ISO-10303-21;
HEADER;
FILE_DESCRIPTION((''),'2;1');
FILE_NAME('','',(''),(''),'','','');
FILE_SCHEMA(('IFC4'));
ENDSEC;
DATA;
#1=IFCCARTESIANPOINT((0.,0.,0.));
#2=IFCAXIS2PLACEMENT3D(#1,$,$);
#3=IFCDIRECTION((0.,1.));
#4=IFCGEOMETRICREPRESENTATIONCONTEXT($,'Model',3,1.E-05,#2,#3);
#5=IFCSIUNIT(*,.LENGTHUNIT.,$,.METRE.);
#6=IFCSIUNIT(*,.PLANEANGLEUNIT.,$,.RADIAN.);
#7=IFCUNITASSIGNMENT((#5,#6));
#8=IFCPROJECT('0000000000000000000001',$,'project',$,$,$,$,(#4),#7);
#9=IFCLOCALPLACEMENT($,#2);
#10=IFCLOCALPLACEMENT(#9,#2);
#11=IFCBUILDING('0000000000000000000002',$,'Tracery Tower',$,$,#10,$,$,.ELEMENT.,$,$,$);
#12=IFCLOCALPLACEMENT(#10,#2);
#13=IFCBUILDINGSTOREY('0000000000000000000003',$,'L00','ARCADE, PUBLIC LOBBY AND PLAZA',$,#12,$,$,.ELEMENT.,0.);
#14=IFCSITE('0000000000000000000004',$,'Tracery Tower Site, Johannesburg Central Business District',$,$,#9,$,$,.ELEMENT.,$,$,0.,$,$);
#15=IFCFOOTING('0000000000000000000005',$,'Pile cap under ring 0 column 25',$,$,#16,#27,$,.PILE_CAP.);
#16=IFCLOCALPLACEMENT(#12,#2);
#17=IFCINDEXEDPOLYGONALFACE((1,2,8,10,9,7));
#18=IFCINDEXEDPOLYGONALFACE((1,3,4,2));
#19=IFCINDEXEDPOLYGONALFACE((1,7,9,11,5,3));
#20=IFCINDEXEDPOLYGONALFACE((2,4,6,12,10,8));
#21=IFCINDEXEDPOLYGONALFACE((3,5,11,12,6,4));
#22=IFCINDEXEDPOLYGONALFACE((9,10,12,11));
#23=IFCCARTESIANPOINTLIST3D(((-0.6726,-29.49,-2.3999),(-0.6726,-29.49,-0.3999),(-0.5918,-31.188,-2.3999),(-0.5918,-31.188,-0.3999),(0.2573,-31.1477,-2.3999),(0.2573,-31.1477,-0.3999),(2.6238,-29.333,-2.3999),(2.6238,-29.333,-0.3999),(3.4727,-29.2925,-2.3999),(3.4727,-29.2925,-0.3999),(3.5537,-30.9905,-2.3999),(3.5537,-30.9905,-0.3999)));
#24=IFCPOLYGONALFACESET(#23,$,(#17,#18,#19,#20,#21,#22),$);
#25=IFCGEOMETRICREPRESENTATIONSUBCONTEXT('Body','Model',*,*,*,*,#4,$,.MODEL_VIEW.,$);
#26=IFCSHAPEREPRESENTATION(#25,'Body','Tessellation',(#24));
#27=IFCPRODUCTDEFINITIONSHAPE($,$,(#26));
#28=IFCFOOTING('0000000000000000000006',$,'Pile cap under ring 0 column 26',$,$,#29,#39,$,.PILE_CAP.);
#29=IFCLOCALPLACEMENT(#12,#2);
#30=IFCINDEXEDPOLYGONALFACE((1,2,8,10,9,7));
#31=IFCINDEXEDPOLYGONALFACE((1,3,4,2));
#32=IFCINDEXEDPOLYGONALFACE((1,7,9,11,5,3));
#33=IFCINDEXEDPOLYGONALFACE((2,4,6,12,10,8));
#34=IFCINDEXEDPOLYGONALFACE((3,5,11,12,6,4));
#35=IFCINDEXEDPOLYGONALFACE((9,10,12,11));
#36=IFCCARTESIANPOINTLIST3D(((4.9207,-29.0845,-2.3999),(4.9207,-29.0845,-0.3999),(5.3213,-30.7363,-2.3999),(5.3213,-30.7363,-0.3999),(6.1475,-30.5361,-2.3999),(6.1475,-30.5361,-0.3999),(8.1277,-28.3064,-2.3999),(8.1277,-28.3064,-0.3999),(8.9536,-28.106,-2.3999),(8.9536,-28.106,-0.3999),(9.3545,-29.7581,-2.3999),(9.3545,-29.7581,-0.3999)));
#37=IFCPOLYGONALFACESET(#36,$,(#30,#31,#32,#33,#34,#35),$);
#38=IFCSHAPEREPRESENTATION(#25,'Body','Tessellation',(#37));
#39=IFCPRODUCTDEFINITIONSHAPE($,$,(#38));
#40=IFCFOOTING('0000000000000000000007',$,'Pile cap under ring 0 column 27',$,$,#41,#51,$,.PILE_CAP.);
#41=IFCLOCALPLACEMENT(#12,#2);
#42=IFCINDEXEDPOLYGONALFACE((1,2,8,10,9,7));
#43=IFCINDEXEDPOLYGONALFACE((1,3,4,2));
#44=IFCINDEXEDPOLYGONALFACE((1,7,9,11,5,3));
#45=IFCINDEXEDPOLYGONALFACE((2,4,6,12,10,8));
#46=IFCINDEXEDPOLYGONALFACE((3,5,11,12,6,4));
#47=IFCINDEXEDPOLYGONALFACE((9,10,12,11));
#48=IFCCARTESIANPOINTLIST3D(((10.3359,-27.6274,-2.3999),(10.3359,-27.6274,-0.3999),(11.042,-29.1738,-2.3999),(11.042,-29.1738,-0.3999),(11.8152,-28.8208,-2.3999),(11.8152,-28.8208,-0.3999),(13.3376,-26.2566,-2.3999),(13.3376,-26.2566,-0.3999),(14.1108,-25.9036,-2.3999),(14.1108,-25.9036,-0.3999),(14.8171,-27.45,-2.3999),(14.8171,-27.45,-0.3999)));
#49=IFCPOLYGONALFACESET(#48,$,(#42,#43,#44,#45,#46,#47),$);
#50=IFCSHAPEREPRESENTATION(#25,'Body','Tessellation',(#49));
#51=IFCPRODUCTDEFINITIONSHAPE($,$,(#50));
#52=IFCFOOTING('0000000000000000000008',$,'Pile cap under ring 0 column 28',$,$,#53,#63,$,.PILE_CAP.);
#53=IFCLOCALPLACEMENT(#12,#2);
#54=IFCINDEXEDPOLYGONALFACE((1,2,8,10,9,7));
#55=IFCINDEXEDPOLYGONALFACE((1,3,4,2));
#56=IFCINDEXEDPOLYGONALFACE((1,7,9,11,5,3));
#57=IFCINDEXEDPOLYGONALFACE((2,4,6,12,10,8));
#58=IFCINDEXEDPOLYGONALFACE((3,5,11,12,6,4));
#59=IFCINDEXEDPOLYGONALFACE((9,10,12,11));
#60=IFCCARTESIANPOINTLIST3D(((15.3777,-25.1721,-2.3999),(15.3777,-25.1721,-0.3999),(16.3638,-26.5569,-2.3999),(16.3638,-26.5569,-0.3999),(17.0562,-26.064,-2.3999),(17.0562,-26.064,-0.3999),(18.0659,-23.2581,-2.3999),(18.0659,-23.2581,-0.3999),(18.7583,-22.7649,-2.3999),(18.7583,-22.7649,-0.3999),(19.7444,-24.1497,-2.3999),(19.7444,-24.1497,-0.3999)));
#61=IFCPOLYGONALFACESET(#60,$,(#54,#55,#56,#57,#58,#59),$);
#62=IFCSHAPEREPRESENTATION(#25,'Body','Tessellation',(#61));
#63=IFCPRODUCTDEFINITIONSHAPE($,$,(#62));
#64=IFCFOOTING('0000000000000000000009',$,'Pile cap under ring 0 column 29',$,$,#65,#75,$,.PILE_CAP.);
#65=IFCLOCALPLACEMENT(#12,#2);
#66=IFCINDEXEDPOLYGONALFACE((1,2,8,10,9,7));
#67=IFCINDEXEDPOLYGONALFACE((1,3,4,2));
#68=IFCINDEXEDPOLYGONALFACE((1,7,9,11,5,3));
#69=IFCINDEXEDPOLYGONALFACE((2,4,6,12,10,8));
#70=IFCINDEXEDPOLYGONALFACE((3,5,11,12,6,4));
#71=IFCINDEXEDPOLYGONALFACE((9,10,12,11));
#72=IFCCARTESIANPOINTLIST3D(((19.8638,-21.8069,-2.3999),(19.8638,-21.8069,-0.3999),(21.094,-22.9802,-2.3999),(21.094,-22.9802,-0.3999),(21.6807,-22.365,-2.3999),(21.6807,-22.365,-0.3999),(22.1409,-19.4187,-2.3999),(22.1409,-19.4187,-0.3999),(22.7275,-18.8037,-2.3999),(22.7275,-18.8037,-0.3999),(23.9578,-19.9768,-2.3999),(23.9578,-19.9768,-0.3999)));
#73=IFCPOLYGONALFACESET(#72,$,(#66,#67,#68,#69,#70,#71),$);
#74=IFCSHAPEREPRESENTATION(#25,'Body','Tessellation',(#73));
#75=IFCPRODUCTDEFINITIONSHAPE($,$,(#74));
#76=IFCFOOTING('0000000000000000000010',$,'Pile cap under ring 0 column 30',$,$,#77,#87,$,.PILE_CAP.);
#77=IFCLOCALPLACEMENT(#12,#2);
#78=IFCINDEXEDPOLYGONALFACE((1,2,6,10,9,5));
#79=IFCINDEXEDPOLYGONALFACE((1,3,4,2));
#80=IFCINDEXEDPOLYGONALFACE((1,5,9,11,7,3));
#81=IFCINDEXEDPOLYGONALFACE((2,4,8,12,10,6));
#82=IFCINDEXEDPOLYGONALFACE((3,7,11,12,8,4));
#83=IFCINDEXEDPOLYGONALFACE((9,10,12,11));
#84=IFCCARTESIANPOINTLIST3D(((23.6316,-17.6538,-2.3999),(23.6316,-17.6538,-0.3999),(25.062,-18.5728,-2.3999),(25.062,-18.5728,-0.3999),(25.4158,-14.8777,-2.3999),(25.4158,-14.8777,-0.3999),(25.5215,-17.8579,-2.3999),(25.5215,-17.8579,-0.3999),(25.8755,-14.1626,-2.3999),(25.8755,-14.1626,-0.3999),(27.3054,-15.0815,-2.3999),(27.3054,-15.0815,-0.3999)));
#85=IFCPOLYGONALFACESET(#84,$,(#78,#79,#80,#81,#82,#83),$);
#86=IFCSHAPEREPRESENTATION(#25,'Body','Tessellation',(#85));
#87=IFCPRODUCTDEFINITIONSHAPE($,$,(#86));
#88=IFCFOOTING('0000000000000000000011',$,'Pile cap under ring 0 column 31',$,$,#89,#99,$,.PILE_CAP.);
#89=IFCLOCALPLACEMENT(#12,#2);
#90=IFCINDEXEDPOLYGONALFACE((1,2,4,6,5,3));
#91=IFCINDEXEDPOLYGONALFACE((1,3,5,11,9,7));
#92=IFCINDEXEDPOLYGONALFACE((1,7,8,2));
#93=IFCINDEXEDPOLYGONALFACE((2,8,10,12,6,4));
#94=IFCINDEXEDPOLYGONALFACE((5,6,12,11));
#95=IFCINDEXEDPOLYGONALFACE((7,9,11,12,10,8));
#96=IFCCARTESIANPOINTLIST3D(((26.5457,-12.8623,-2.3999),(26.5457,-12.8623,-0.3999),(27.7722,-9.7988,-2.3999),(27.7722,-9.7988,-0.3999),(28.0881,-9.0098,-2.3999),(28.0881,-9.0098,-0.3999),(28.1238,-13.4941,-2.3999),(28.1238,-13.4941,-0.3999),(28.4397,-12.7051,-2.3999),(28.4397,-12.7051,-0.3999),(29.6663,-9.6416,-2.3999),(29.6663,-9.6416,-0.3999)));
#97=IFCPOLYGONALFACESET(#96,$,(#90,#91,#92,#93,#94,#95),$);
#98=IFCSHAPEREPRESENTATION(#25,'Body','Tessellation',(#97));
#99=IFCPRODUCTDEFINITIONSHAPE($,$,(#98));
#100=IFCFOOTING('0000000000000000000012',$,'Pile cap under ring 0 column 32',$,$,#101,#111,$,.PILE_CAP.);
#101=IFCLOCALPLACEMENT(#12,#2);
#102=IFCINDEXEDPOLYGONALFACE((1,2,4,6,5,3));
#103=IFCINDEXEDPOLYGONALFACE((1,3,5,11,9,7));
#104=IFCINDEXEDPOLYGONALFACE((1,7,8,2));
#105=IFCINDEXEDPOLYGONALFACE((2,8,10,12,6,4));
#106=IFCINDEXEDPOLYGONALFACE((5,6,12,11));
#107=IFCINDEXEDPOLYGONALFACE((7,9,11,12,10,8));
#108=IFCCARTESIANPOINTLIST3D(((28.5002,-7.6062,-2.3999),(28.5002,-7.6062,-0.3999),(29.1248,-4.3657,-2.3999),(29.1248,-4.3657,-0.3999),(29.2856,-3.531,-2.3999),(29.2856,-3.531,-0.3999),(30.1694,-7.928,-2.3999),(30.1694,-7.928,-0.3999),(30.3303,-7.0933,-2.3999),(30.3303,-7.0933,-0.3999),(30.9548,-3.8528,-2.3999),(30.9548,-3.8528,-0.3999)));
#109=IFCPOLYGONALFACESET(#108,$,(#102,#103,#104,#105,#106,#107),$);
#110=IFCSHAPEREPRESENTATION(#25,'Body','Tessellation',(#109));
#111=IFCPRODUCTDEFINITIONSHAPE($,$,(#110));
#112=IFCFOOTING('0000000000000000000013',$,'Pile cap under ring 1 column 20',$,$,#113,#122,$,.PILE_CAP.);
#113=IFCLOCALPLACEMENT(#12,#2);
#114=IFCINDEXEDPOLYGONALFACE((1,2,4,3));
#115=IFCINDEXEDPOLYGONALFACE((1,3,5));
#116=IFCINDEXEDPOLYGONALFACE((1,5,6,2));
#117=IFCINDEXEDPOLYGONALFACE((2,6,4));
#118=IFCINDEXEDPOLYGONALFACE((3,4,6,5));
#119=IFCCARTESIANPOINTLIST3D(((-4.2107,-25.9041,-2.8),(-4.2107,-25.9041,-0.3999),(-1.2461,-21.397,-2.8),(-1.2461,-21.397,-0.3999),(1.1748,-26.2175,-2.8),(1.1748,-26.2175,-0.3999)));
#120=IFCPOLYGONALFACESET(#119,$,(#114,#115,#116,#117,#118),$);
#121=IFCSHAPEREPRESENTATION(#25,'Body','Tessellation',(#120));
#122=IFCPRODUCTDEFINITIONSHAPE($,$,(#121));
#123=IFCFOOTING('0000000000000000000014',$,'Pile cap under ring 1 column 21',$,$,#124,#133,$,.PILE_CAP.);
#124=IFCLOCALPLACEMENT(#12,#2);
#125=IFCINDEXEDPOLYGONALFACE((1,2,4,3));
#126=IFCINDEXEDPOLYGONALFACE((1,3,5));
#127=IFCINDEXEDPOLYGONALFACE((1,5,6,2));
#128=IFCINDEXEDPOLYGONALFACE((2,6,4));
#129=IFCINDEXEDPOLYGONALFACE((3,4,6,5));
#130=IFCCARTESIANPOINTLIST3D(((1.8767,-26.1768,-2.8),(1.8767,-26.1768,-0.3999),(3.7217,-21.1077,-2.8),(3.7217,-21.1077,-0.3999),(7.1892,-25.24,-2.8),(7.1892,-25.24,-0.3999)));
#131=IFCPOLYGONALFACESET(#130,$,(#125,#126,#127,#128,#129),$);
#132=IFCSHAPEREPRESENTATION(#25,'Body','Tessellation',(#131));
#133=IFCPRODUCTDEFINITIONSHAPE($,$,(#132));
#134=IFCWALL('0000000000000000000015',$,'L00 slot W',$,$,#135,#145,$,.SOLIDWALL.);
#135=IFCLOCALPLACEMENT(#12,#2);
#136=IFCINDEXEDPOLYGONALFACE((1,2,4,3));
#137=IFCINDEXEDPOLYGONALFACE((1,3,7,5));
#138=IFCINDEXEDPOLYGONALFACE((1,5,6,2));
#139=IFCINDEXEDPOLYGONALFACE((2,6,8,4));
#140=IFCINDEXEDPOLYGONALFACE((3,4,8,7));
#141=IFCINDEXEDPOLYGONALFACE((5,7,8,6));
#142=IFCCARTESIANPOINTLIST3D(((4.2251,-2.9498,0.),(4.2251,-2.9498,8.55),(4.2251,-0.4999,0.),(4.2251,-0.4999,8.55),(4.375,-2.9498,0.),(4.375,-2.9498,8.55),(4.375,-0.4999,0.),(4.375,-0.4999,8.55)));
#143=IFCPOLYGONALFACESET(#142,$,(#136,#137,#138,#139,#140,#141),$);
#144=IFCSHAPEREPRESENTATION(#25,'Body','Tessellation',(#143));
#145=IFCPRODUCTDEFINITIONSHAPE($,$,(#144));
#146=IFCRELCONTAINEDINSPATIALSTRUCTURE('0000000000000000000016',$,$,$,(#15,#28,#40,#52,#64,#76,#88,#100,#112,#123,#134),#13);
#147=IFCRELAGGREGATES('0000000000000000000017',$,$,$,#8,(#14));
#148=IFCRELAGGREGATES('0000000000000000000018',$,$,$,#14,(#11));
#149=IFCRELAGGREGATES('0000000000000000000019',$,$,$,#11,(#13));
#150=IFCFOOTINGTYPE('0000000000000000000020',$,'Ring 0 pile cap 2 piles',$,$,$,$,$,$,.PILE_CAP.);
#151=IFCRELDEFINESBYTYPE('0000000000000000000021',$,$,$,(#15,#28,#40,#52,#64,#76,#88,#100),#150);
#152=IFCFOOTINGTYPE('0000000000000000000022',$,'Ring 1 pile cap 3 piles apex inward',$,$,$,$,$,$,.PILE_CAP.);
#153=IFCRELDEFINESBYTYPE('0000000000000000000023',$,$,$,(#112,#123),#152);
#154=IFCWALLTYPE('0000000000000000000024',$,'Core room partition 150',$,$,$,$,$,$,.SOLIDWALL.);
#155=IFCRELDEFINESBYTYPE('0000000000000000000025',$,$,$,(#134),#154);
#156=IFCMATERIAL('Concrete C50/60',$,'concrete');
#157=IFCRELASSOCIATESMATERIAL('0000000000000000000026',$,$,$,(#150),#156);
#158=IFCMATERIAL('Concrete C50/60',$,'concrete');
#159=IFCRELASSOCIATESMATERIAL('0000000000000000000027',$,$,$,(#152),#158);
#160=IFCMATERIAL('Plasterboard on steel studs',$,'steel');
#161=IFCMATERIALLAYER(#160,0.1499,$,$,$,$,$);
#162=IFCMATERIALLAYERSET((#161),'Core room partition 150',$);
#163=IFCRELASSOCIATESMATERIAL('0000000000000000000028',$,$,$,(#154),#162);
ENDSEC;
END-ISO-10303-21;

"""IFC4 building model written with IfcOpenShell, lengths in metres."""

from ifc_helpers import new_model, si_unit, direction, frame, frame_2d, origin, place, context, subcontext, project, spatial, polyline, rectangle, outline, extrude, material, layer, layer_set, type_object, element, save


model = new_model("IFC4")

# Units and contexts
model_context = context("Model", 3, precision=1e-05, world=origin(), true_north=direction((0.0, 1.0)))
body_context = subcontext(model_context, "Body", "Model", "MODEL_VIEW")
ifc_project = project(units=[si_unit("LENGTHUNIT", "METRE"), si_unit("PLANEANGLEUNIT", "RADIAN")], contexts=[model_context])

# Site, building, storey
site_placement = place(None, origin())
site = spatial("IfcSite", under=ifc_project, at=site_placement, Name="Tracery Tower Site, Johannesburg Central Business District", CompositionType="ELEMENT", RefElevation=0.0)
building_placement = place(site_placement, origin())
building = spatial("IfcBuilding", under=site, at=building_placement, Name="Tracery Tower", CompositionType="ELEMENT")
storey_placement = place(building_placement, origin())
storey = spatial("IfcBuildingStorey", under=building, at=storey_placement, Name="L00", Description="ARCADE, PUBLIC LOBBY AND PLAZA", CompositionType="ELEMENT", Elevation=0.0)

# Footings
ifc_material_1 = material(Name="Concrete C50/60", Category="concrete")
footing_type_1 = type_object("IfcFootingType", Name="Ring 0 pile cap 2 piles", PredefinedType="PILE_CAP", material=ifc_material_1)
footing_1_placement = place(storey_placement, frame((0.0, 0.0, -2.3999)))
element("IfcFooting", 1, at=footing_1_placement, inside=storey, type_object=footing_type_1, Name="Pile cap under ring 0 column 25", PredefinedType="PILE_CAP", context=body_context, shape_type="SweptSolid", body=[
    extrude(outline(polyline([(-0.6726, -29.49), (-0.5918, -31.188), (0.2573, -31.1477), (3.5537, -30.9905), (3.4727, -29.2925), (2.6238, -29.333), (-0.6726, -29.49)])), origin(), (0.0, 0.0, 1.0), 2.0),
])
footing_2_placement = place(storey_placement, frame((0.0, 0.0, -2.3999)))
element("IfcFooting", 2, at=footing_2_placement, inside=storey, type_object=footing_type_1, Name="Pile cap under ring 0 column 26", PredefinedType="PILE_CAP", context=body_context, shape_type="SweptSolid", body=[
    extrude(outline(polyline([(4.9207, -29.0845), (5.3213, -30.7363), (6.1475, -30.5361), (9.3545, -29.7581), (8.9536, -28.106), (8.1277, -28.3064), (4.9207, -29.0845)])), origin(), (0.0, 0.0, 1.0), 2.0),
])
footing_3_placement = place(storey_placement, frame((0.0, 0.0, -2.3999)))
element("IfcFooting", 3, at=footing_3_placement, inside=storey, type_object=footing_type_1, Name="Pile cap under ring 0 column 27", PredefinedType="PILE_CAP", context=body_context, shape_type="SweptSolid", body=[
    extrude(outline(polyline([(10.3359, -27.6274), (11.042, -29.1738), (11.8152, -28.8208), (14.8171, -27.45), (14.1108, -25.9036), (13.3376, -26.2566), (10.3359, -27.6274)])), origin(), (0.0, 0.0, 1.0), 2.0),
])
footing_4_placement = place(storey_placement, frame((0.0, 0.0, -2.3999)))
element("IfcFooting", 4, at=footing_4_placement, inside=storey, type_object=footing_type_1, Name="Pile cap under ring 0 column 28", PredefinedType="PILE_CAP", context=body_context, shape_type="SweptSolid", body=[
    extrude(outline(polyline([(15.3777, -25.1721), (16.3638, -26.5569), (17.0562, -26.064), (19.7444, -24.1497), (18.7583, -22.7649), (18.0659, -23.2581), (15.3777, -25.1721)])), origin(), (0.0, 0.0, 1.0), 2.0),
])
footing_5_placement = place(storey_placement, frame((0.0, 0.0, -2.3999)))
element("IfcFooting", 5, at=footing_5_placement, inside=storey, type_object=footing_type_1, Name="Pile cap under ring 0 column 29", PredefinedType="PILE_CAP", context=body_context, shape_type="SweptSolid", body=[
    extrude(outline(polyline([(19.8638, -21.8069), (21.094, -22.9802), (21.6807, -22.365), (23.9578, -19.9768), (22.7275, -18.8037), (22.1409, -19.4187), (19.8638, -21.8069)])), origin(), (0.0, 0.0, 1.0), 2.0),
])
footing_6_placement = place(storey_placement, frame((0.0, 0.0, -2.3999)))
element("IfcFooting", 6, at=footing_6_placement, inside=storey, type_object=footing_type_1, Name="Pile cap under ring 0 column 30", PredefinedType="PILE_CAP", context=body_context, shape_type="SweptSolid", body=[
    extrude(outline(polyline([(23.6316, -17.6538), (25.062, -18.5728), (25.5215, -17.8579), (27.3054, -15.0815), (25.8755, -14.1626), (25.4158, -14.8777), (23.6316, -17.6538)])), origin(), (0.0, 0.0, 1.0), 2.0),
])
footing_7_placement = place(storey_placement, frame((0.0, 0.0, -2.3999)))
element("IfcFooting", 7, at=footing_7_placement, inside=storey, type_object=footing_type_1, Name="Pile cap under ring 0 column 31", PredefinedType="PILE_CAP", context=body_context, shape_type="SweptSolid", body=[
    extrude(outline(polyline([(26.5457, -12.8623), (28.1238, -13.4941), (28.4397, -12.7051), (29.6663, -9.6416), (28.0881, -9.0098), (27.7722, -9.7988), (26.5457, -12.8623)])), origin(), (0.0, 0.0, 1.0), 2.0),
])
footing_8_placement = place(storey_placement, frame((0.0, 0.0, -2.3999)))
element("IfcFooting", 8, at=footing_8_placement, inside=storey, type_object=footing_type_1, Name="Pile cap under ring 0 column 32", PredefinedType="PILE_CAP", context=body_context, shape_type="SweptSolid", body=[
    extrude(outline(polyline([(28.5002, -7.6062), (30.1694, -7.928), (30.3303, -7.0933), (30.9548, -3.8528), (29.2856, -3.531), (29.1248, -4.3657), (28.5002, -7.6062)])), origin(), (0.0, 0.0, 1.0), 2.0),
])
ifc_material_2 = material(Name="Concrete C50/60", Category="concrete")
footing_type_2 = type_object("IfcFootingType", Name="Ring 1 pile cap 3 piles apex inward", PredefinedType="PILE_CAP", material=ifc_material_2)
footing_9_placement = place(storey_placement, frame((0.0, 0.0, -2.8)))
element("IfcFooting", 9, at=footing_9_placement, inside=storey, type_object=footing_type_2, Name="Pile cap under ring 1 column 20", PredefinedType="PILE_CAP", context=body_context, shape_type="SweptSolid", body=[
    extrude(outline(polyline([(1.1748, -26.2175), (-1.2461, -21.397), (-4.2107, -25.9041), (1.1748, -26.2175)])), origin(), (0.0, 0.0, 1.0), 2.4001),
])
footing_10_placement = place(storey_placement, frame((0.0, 0.0, -2.8)))
element("IfcFooting", 10, at=footing_10_placement, inside=storey, type_object=footing_type_2, Name="Pile cap under ring 1 column 21", PredefinedType="PILE_CAP", context=body_context, shape_type="SweptSolid", body=[
    extrude(outline(polyline([(7.1892, -25.24), (3.7217, -21.1077), (1.8767, -26.1768), (7.1892, -25.24)])), origin(), (0.0, 0.0, 1.0), 2.4001),
])

# Wall
ifc_material_3 = material(Name="Plasterboard on steel studs", Category="steel")
ifc_layer_1 = layer(ifc_material_3, 0.1499)
ifc_layer_set_1 = layer_set([ifc_layer_1], Name="Core room partition 150")
wall_type_1 = type_object("IfcWallType", Name="Core room partition 150", PredefinedType="SOLIDWALL", material=ifc_layer_set_1)
wall_1_placement = place(storey_placement, frame((4.3, -2.95, 0.0), z_axis=(0.0, 0.0, 1.0), x_axis=(0.0, 1.0, 0.0)))
element("IfcWall", 11, at=wall_1_placement, inside=storey, type_object=wall_type_1, Name="L00 slot W", PredefinedType="SOLIDWALL", context=body_context, shape_type="SweptSolid", body=[
    extrude(rectangle(XDim=2.45, YDim=0.1499, at=frame_2d((1.2251, 0.0))), origin(), (0.0, 0.0, 1.0), 8.55),
])

save(model, "model.ifc")
